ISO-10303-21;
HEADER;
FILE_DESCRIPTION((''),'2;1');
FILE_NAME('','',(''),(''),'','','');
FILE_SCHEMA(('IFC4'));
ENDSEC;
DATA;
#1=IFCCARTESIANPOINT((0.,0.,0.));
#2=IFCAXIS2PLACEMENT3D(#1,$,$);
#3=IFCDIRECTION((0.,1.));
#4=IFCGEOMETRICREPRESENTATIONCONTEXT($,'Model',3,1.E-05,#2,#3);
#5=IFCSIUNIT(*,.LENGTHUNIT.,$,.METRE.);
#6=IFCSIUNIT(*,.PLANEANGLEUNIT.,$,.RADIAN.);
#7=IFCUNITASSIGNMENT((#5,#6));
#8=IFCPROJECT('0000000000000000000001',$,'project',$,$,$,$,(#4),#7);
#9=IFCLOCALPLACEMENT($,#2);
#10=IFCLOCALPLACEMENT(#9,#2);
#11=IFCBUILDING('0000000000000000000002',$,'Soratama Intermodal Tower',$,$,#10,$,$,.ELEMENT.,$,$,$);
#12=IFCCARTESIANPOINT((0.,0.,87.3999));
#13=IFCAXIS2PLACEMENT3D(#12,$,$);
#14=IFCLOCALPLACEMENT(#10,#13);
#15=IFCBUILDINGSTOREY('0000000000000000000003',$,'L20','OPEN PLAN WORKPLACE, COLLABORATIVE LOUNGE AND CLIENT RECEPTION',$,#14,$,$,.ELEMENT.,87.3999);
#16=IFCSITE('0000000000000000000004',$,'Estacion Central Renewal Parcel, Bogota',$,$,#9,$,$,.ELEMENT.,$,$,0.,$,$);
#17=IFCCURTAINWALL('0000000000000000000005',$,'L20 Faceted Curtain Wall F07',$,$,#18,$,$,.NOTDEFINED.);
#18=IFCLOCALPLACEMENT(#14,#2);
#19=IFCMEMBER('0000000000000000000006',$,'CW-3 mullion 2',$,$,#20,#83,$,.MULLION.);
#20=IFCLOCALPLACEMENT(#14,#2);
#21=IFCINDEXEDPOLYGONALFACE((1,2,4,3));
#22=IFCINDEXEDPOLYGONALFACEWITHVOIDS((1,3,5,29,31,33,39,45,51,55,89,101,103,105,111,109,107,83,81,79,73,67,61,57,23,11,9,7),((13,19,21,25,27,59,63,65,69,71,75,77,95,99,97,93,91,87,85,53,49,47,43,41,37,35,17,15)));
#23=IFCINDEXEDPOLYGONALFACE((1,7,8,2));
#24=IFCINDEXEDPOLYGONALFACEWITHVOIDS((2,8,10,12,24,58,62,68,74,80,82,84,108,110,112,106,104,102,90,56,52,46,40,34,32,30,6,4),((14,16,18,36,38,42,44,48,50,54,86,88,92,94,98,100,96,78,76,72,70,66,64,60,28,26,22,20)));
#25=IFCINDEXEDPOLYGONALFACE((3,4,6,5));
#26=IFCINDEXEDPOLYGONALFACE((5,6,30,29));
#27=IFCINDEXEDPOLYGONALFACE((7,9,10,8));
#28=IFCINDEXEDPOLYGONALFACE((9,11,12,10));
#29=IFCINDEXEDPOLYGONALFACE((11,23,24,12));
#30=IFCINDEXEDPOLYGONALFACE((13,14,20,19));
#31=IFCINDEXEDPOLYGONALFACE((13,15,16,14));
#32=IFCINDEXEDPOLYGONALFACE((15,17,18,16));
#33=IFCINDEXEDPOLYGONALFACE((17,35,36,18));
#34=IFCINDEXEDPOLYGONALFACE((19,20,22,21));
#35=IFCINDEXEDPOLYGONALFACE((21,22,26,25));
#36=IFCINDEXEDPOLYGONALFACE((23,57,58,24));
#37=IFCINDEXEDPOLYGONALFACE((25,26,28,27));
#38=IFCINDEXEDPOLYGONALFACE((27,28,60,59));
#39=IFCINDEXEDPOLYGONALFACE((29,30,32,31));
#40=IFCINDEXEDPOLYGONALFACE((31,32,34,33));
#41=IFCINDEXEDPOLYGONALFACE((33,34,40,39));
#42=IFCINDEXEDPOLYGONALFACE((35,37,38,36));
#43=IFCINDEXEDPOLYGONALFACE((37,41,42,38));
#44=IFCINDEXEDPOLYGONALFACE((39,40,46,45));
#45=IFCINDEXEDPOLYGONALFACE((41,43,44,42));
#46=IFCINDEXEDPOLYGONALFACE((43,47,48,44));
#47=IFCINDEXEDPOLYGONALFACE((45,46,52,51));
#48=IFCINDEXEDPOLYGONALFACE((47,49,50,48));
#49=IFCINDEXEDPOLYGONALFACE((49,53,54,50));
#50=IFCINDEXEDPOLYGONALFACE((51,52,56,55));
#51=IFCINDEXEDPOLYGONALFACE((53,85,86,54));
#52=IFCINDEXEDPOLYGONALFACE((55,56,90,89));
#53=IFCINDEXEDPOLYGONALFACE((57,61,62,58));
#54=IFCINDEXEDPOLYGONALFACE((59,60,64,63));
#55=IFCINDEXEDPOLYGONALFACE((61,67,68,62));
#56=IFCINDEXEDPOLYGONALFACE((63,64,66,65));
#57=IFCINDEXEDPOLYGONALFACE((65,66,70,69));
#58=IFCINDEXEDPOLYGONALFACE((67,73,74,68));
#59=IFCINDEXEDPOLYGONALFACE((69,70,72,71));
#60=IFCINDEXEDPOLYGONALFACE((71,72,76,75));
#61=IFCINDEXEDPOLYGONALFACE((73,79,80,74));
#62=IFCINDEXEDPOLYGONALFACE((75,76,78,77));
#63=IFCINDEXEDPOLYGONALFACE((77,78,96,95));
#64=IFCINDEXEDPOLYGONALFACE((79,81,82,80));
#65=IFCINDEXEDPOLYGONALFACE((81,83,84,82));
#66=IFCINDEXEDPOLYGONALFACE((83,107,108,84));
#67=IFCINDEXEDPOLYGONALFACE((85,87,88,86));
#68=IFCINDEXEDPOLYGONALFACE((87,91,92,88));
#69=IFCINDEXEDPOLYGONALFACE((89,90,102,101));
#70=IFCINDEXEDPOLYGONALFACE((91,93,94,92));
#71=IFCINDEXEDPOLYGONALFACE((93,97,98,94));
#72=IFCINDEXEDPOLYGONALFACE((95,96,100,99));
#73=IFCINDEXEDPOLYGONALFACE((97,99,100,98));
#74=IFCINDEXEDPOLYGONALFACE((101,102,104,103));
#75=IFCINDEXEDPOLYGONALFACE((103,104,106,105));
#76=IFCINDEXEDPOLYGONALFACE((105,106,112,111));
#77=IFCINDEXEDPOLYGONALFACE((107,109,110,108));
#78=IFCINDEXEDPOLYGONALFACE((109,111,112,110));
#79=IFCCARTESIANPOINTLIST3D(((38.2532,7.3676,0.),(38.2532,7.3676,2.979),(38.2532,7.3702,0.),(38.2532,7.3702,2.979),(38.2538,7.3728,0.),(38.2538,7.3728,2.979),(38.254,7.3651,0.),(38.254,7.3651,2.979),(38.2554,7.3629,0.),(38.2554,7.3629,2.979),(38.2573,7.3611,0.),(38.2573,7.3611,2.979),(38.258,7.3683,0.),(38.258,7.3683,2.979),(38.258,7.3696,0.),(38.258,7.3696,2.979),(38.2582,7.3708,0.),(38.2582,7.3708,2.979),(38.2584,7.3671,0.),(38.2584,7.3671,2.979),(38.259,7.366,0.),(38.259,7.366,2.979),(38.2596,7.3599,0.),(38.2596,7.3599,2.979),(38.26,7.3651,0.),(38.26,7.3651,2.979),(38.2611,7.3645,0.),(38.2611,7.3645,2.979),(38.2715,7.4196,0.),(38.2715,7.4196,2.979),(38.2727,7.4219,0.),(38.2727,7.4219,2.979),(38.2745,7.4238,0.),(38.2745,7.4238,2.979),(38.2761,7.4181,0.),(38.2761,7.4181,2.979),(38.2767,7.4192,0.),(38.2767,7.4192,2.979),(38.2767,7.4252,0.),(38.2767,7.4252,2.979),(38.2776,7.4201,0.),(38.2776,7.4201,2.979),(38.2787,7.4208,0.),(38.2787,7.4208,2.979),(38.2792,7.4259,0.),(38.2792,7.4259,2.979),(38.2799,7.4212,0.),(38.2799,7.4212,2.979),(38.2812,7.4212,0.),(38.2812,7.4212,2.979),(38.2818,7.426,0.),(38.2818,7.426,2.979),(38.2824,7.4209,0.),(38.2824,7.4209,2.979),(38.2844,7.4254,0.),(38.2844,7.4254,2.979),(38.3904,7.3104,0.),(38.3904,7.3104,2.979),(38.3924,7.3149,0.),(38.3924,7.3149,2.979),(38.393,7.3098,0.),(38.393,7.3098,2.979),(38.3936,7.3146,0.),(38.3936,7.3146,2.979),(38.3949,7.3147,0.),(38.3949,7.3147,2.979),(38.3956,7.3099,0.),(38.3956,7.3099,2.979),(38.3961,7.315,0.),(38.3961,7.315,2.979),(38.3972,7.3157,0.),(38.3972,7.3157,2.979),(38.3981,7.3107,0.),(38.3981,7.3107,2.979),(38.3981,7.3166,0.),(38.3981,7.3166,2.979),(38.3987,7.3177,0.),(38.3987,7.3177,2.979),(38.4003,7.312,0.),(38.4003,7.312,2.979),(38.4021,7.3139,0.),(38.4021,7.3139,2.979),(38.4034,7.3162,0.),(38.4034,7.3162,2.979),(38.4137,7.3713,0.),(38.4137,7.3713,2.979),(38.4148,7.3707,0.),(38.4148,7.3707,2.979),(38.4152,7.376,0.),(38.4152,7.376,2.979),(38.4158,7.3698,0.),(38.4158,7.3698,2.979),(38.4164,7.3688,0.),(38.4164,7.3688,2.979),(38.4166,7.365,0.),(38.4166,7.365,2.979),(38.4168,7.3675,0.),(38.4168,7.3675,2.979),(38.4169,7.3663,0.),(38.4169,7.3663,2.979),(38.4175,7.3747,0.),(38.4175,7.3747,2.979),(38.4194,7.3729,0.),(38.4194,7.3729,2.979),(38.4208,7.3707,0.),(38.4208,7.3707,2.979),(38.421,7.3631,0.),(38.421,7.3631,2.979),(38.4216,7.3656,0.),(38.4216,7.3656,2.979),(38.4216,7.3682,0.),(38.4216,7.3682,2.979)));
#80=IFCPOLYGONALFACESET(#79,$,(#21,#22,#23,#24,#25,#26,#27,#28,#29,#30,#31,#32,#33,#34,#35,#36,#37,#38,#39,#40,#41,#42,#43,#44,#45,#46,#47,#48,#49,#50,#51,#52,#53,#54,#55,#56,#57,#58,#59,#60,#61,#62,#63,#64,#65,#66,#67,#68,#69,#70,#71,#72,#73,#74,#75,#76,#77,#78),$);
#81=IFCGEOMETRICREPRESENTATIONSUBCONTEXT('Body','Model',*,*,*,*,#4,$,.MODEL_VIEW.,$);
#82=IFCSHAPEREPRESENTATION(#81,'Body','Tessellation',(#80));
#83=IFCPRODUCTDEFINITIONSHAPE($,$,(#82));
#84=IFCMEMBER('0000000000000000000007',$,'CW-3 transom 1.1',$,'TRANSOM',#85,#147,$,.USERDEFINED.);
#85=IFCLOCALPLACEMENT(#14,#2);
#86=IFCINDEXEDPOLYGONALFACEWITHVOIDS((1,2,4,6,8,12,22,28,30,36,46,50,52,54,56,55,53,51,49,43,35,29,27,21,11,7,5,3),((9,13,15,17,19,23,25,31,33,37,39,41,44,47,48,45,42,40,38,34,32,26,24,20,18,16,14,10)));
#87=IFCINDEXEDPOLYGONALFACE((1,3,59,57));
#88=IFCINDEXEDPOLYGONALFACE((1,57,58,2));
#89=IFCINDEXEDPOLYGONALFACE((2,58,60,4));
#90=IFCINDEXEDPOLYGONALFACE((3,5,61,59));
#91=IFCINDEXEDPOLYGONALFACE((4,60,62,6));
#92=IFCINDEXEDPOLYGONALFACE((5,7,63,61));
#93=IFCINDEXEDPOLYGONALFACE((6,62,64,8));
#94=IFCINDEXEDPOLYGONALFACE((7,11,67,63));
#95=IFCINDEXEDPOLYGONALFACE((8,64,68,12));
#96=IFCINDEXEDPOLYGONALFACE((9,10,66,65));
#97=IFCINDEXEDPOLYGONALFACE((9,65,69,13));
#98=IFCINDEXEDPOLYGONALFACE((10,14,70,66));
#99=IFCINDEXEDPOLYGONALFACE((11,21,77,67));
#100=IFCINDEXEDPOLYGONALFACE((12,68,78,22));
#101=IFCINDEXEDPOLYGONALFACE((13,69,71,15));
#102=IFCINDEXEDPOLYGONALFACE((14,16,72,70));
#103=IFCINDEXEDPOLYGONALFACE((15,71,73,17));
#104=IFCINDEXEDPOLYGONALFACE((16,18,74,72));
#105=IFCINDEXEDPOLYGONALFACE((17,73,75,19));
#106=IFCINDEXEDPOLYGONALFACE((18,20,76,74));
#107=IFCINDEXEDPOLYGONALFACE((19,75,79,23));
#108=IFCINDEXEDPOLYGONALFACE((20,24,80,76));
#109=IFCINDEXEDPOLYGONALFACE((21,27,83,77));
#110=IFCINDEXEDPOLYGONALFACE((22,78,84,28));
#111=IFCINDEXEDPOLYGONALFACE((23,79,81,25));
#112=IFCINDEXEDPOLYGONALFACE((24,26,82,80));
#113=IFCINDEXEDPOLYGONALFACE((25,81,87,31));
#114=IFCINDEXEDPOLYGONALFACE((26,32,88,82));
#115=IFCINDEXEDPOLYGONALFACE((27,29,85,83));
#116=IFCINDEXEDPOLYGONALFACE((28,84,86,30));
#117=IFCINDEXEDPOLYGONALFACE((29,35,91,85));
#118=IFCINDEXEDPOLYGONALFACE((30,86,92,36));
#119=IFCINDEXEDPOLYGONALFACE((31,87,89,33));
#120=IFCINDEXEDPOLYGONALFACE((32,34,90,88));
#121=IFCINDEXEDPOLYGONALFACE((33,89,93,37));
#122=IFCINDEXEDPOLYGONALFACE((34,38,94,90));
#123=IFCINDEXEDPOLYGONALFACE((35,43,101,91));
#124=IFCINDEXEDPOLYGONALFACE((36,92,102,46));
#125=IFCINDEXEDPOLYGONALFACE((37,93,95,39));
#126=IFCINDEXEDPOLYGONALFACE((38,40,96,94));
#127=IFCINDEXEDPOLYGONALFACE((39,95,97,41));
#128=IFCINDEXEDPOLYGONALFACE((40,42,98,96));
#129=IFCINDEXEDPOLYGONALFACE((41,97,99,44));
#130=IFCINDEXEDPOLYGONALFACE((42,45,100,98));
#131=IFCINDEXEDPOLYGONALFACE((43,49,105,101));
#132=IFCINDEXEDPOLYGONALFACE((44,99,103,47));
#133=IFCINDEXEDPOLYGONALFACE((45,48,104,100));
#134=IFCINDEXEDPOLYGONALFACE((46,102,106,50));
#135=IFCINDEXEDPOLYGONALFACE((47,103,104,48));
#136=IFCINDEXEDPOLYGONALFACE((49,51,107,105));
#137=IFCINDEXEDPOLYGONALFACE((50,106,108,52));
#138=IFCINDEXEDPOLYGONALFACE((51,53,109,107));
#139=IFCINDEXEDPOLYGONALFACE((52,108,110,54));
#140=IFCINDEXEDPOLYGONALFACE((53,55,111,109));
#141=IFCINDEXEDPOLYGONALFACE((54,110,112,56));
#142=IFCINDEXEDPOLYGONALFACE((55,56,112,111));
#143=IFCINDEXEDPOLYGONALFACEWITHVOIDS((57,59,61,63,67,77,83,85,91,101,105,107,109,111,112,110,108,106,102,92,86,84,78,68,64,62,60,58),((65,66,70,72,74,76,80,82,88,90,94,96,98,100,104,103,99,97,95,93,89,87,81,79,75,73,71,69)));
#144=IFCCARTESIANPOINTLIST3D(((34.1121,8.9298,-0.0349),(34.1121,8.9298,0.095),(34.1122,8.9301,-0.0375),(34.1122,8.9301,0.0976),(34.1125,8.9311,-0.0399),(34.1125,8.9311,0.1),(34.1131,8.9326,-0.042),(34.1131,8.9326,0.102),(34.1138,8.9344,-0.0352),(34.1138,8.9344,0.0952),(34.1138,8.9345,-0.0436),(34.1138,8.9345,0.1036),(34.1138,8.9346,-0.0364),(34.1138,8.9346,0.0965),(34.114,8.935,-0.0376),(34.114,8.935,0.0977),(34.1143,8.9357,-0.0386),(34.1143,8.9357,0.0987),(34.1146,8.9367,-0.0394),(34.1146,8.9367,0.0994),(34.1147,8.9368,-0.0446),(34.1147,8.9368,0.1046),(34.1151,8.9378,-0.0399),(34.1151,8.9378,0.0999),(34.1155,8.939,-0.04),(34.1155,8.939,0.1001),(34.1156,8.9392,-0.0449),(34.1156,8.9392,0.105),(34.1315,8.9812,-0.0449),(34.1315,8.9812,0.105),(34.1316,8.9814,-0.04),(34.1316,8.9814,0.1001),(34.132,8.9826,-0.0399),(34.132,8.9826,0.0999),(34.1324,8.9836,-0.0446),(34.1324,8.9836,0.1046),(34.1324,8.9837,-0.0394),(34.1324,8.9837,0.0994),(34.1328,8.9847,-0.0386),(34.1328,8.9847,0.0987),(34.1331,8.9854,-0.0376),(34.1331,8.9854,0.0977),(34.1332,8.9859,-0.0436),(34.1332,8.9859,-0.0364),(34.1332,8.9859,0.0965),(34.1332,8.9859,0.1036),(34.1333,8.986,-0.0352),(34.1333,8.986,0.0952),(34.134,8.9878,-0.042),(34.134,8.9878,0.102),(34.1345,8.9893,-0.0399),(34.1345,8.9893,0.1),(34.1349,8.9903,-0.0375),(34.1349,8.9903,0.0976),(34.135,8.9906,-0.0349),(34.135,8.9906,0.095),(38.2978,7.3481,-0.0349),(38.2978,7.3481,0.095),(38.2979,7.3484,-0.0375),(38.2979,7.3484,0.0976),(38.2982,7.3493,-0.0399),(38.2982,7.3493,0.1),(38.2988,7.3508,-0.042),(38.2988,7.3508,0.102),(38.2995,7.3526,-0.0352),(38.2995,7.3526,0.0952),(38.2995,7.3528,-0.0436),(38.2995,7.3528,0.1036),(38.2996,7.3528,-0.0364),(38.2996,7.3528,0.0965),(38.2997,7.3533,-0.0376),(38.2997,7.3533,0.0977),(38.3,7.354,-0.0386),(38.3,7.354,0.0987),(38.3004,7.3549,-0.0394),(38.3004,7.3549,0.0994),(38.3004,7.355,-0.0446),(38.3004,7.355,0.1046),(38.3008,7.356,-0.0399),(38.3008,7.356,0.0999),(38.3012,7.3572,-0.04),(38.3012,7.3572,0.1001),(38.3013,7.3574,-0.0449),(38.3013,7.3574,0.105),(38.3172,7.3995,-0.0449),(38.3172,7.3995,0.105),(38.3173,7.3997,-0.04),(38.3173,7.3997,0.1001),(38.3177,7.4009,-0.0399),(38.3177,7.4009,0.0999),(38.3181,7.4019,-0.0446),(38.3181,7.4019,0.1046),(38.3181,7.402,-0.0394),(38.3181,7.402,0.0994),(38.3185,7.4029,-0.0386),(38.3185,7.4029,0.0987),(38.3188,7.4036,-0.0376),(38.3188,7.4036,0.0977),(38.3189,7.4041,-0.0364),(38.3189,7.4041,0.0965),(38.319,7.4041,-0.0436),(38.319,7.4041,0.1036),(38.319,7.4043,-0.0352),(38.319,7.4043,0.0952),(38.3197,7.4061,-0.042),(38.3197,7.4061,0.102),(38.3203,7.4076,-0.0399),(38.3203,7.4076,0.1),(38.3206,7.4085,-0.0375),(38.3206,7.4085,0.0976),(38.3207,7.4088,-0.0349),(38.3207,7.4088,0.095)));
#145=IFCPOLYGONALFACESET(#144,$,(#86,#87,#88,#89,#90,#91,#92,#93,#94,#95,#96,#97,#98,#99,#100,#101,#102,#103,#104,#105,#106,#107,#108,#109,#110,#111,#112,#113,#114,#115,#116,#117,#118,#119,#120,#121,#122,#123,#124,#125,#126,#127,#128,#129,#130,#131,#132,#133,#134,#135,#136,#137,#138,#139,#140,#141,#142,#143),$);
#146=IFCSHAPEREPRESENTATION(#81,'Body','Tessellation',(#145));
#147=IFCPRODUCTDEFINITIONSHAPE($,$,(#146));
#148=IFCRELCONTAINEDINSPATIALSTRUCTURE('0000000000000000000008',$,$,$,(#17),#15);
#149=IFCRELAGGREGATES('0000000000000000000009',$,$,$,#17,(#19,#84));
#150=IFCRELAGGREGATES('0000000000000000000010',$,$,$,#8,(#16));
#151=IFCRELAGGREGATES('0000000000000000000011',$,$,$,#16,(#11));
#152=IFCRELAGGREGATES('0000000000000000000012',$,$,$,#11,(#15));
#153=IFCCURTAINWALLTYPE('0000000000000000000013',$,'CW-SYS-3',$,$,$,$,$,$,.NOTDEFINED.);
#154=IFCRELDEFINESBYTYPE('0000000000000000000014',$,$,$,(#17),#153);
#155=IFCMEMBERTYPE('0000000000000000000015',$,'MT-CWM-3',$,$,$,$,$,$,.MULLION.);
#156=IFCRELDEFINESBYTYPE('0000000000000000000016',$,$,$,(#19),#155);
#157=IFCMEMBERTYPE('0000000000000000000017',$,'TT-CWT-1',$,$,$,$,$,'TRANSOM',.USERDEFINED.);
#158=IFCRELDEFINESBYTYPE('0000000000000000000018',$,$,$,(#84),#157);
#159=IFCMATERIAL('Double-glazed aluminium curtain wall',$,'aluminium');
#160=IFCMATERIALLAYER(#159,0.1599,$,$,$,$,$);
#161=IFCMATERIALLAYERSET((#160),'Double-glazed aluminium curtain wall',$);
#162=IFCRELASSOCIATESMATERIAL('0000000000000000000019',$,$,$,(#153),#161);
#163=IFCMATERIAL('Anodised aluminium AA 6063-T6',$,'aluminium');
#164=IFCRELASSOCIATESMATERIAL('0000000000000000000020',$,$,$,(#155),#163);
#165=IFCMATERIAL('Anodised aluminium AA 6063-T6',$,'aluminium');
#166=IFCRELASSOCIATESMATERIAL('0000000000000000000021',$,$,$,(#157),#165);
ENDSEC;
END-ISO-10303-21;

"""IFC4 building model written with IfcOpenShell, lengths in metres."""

from ifc_helpers import new_model, si_unit, direction, frame, origin, origin_2d, place, context, subcontext, project, spatial, hollow_rectangle, extrude, material, layer, layer_set, material_profile, profile_set, type_object, element, aggregate, save


model = new_model("IFC4")

# Units and contexts
model_context = context("Model", 3, precision=1e-05, world=origin(), true_north=direction((0.0, 1.0)))
body_context = subcontext(model_context, "Body", "Model", "MODEL_VIEW")
ifc_project = project(units=[si_unit("LENGTHUNIT", "METRE"), si_unit("PLANEANGLEUNIT", "RADIAN")], contexts=[model_context])

# Site, building, storey
site_placement = place(None, origin())
site = spatial("IfcSite", under=ifc_project, at=site_placement, Name="Estacion Central Renewal Parcel, Bogota", CompositionType="ELEMENT", RefElevation=0.0)
building_placement = place(site_placement, origin())
building = spatial("IfcBuilding", under=site, at=building_placement, Name="Soratama Intermodal Tower", CompositionType="ELEMENT")
storey_placement = place(building_placement, frame((0.0, 0.0, 87.3999)))
storey = spatial("IfcBuildingStorey", under=building, at=storey_placement, Name="L20", Description="OPEN PLAN WORKPLACE, COLLABORATIVE LOUNGE AND CLIENT RECEPTION", CompositionType="ELEMENT", Elevation=87.3999)

# Curtain wall, members
ifc_material_1 = material(Name="Double-glazed aluminium curtain wall", Category="aluminium")
ifc_layer_1 = layer(ifc_material_1, 0.1599)
ifc_layer_set_1 = layer_set([ifc_layer_1], Name="Double-glazed aluminium curtain wall")
curtain_wall_type = type_object("IfcCurtainWallType", Name="CW-SYS-3", PredefinedType="NOTDEFINED", material=ifc_layer_set_1)
curtain_wall_placement = place(storey_placement, origin())
curtain_wall = element("IfcCurtainWall", 1, at=curtain_wall_placement, inside=storey, type_object=curtain_wall_type, Name="L20 Faceted Curtain Wall F07", PredefinedType="NOTDEFINED")
ifc_material_2 = material(Name="Anodised aluminium AA 6063-T6", Category="aluminium")
ifc_material_profile_1 = material_profile(ifc_material_2, hollow_rectangle(XDim=0.0701, YDim=0.1599, WallThickness=0.0049, InnerFilletRadius=0.0049, OuterFilletRadius=0.01, at=origin_2d()), Name="CWM160X70X5")
ifc_profile_set_1 = profile_set([ifc_material_profile_1], Name="Anodised aluminium AA 6063-T6")
member_type_1 = type_object("IfcMemberType", Name="MT-CWM-3", PredefinedType="MULLION", material=ifc_profile_set_1)
member_1_placement = place(storey_placement, frame((38.3374, 7.3679, 0.0), z_axis=(0.0, 0.0, 1.0), x_axis=(0.353468, 0.935447, 0.0)))
member_1 = element("IfcMember", 2, at=member_1_placement, type_object=member_type_1, Name="CW-3 mullion 2", PredefinedType="MULLION", context=body_context, shape_type="SweptSolid", body=[
    extrude(hollow_rectangle(XDim=0.0701, YDim=0.1599, WallThickness=0.0049, InnerFilletRadius=0.0049, OuterFilletRadius=0.01, at=origin_2d()), origin(), (0.0, 0.0, 1.0), 2.979),
])
ifc_material_3 = material(Name="Anodised aluminium AA 6063-T6", Category="aluminium")
ifc_material_profile_2 = material_profile(ifc_material_3, hollow_rectangle(XDim=0.0649, YDim=0.1499, WallThickness=0.0049, InnerFilletRadius=0.0049, OuterFilletRadius=0.01, at=origin_2d()), Name="CWT150X65X5")
ifc_profile_set_2 = profile_set([ifc_material_profile_2], Name="Anodised aluminium AA 6063-T6")
member_type_2 = type_object("IfcMemberType", Name="TT-CWT-1", ElementType="TRANSOM", PredefinedType="USERDEFINED", material=ifc_profile_set_2)
member_2_placement = place(storey_placement, frame((34.1235, 8.9602, 0.03), z_axis=(0.935436, -0.353496, 0.0), x_axis=(0.353496, 0.935436, 0.0)))
member_2 = element("IfcMember", 3, at=member_2_placement, type_object=member_type_2, Name="CW-3 transom 1.1", ObjectType="TRANSOM", PredefinedType="USERDEFINED", context=body_context, shape_type="SweptSolid", body=[
    extrude(hollow_rectangle(XDim=0.0649, YDim=0.1499, WallThickness=0.0049, InnerFilletRadius=0.0049, OuterFilletRadius=0.01, at=origin_2d()), origin(), (0.0, 0.0, 1.0), 4.4746),
])
aggregate(curtain_wall, [member_1, member_2])

save(model, "model.ifc")
